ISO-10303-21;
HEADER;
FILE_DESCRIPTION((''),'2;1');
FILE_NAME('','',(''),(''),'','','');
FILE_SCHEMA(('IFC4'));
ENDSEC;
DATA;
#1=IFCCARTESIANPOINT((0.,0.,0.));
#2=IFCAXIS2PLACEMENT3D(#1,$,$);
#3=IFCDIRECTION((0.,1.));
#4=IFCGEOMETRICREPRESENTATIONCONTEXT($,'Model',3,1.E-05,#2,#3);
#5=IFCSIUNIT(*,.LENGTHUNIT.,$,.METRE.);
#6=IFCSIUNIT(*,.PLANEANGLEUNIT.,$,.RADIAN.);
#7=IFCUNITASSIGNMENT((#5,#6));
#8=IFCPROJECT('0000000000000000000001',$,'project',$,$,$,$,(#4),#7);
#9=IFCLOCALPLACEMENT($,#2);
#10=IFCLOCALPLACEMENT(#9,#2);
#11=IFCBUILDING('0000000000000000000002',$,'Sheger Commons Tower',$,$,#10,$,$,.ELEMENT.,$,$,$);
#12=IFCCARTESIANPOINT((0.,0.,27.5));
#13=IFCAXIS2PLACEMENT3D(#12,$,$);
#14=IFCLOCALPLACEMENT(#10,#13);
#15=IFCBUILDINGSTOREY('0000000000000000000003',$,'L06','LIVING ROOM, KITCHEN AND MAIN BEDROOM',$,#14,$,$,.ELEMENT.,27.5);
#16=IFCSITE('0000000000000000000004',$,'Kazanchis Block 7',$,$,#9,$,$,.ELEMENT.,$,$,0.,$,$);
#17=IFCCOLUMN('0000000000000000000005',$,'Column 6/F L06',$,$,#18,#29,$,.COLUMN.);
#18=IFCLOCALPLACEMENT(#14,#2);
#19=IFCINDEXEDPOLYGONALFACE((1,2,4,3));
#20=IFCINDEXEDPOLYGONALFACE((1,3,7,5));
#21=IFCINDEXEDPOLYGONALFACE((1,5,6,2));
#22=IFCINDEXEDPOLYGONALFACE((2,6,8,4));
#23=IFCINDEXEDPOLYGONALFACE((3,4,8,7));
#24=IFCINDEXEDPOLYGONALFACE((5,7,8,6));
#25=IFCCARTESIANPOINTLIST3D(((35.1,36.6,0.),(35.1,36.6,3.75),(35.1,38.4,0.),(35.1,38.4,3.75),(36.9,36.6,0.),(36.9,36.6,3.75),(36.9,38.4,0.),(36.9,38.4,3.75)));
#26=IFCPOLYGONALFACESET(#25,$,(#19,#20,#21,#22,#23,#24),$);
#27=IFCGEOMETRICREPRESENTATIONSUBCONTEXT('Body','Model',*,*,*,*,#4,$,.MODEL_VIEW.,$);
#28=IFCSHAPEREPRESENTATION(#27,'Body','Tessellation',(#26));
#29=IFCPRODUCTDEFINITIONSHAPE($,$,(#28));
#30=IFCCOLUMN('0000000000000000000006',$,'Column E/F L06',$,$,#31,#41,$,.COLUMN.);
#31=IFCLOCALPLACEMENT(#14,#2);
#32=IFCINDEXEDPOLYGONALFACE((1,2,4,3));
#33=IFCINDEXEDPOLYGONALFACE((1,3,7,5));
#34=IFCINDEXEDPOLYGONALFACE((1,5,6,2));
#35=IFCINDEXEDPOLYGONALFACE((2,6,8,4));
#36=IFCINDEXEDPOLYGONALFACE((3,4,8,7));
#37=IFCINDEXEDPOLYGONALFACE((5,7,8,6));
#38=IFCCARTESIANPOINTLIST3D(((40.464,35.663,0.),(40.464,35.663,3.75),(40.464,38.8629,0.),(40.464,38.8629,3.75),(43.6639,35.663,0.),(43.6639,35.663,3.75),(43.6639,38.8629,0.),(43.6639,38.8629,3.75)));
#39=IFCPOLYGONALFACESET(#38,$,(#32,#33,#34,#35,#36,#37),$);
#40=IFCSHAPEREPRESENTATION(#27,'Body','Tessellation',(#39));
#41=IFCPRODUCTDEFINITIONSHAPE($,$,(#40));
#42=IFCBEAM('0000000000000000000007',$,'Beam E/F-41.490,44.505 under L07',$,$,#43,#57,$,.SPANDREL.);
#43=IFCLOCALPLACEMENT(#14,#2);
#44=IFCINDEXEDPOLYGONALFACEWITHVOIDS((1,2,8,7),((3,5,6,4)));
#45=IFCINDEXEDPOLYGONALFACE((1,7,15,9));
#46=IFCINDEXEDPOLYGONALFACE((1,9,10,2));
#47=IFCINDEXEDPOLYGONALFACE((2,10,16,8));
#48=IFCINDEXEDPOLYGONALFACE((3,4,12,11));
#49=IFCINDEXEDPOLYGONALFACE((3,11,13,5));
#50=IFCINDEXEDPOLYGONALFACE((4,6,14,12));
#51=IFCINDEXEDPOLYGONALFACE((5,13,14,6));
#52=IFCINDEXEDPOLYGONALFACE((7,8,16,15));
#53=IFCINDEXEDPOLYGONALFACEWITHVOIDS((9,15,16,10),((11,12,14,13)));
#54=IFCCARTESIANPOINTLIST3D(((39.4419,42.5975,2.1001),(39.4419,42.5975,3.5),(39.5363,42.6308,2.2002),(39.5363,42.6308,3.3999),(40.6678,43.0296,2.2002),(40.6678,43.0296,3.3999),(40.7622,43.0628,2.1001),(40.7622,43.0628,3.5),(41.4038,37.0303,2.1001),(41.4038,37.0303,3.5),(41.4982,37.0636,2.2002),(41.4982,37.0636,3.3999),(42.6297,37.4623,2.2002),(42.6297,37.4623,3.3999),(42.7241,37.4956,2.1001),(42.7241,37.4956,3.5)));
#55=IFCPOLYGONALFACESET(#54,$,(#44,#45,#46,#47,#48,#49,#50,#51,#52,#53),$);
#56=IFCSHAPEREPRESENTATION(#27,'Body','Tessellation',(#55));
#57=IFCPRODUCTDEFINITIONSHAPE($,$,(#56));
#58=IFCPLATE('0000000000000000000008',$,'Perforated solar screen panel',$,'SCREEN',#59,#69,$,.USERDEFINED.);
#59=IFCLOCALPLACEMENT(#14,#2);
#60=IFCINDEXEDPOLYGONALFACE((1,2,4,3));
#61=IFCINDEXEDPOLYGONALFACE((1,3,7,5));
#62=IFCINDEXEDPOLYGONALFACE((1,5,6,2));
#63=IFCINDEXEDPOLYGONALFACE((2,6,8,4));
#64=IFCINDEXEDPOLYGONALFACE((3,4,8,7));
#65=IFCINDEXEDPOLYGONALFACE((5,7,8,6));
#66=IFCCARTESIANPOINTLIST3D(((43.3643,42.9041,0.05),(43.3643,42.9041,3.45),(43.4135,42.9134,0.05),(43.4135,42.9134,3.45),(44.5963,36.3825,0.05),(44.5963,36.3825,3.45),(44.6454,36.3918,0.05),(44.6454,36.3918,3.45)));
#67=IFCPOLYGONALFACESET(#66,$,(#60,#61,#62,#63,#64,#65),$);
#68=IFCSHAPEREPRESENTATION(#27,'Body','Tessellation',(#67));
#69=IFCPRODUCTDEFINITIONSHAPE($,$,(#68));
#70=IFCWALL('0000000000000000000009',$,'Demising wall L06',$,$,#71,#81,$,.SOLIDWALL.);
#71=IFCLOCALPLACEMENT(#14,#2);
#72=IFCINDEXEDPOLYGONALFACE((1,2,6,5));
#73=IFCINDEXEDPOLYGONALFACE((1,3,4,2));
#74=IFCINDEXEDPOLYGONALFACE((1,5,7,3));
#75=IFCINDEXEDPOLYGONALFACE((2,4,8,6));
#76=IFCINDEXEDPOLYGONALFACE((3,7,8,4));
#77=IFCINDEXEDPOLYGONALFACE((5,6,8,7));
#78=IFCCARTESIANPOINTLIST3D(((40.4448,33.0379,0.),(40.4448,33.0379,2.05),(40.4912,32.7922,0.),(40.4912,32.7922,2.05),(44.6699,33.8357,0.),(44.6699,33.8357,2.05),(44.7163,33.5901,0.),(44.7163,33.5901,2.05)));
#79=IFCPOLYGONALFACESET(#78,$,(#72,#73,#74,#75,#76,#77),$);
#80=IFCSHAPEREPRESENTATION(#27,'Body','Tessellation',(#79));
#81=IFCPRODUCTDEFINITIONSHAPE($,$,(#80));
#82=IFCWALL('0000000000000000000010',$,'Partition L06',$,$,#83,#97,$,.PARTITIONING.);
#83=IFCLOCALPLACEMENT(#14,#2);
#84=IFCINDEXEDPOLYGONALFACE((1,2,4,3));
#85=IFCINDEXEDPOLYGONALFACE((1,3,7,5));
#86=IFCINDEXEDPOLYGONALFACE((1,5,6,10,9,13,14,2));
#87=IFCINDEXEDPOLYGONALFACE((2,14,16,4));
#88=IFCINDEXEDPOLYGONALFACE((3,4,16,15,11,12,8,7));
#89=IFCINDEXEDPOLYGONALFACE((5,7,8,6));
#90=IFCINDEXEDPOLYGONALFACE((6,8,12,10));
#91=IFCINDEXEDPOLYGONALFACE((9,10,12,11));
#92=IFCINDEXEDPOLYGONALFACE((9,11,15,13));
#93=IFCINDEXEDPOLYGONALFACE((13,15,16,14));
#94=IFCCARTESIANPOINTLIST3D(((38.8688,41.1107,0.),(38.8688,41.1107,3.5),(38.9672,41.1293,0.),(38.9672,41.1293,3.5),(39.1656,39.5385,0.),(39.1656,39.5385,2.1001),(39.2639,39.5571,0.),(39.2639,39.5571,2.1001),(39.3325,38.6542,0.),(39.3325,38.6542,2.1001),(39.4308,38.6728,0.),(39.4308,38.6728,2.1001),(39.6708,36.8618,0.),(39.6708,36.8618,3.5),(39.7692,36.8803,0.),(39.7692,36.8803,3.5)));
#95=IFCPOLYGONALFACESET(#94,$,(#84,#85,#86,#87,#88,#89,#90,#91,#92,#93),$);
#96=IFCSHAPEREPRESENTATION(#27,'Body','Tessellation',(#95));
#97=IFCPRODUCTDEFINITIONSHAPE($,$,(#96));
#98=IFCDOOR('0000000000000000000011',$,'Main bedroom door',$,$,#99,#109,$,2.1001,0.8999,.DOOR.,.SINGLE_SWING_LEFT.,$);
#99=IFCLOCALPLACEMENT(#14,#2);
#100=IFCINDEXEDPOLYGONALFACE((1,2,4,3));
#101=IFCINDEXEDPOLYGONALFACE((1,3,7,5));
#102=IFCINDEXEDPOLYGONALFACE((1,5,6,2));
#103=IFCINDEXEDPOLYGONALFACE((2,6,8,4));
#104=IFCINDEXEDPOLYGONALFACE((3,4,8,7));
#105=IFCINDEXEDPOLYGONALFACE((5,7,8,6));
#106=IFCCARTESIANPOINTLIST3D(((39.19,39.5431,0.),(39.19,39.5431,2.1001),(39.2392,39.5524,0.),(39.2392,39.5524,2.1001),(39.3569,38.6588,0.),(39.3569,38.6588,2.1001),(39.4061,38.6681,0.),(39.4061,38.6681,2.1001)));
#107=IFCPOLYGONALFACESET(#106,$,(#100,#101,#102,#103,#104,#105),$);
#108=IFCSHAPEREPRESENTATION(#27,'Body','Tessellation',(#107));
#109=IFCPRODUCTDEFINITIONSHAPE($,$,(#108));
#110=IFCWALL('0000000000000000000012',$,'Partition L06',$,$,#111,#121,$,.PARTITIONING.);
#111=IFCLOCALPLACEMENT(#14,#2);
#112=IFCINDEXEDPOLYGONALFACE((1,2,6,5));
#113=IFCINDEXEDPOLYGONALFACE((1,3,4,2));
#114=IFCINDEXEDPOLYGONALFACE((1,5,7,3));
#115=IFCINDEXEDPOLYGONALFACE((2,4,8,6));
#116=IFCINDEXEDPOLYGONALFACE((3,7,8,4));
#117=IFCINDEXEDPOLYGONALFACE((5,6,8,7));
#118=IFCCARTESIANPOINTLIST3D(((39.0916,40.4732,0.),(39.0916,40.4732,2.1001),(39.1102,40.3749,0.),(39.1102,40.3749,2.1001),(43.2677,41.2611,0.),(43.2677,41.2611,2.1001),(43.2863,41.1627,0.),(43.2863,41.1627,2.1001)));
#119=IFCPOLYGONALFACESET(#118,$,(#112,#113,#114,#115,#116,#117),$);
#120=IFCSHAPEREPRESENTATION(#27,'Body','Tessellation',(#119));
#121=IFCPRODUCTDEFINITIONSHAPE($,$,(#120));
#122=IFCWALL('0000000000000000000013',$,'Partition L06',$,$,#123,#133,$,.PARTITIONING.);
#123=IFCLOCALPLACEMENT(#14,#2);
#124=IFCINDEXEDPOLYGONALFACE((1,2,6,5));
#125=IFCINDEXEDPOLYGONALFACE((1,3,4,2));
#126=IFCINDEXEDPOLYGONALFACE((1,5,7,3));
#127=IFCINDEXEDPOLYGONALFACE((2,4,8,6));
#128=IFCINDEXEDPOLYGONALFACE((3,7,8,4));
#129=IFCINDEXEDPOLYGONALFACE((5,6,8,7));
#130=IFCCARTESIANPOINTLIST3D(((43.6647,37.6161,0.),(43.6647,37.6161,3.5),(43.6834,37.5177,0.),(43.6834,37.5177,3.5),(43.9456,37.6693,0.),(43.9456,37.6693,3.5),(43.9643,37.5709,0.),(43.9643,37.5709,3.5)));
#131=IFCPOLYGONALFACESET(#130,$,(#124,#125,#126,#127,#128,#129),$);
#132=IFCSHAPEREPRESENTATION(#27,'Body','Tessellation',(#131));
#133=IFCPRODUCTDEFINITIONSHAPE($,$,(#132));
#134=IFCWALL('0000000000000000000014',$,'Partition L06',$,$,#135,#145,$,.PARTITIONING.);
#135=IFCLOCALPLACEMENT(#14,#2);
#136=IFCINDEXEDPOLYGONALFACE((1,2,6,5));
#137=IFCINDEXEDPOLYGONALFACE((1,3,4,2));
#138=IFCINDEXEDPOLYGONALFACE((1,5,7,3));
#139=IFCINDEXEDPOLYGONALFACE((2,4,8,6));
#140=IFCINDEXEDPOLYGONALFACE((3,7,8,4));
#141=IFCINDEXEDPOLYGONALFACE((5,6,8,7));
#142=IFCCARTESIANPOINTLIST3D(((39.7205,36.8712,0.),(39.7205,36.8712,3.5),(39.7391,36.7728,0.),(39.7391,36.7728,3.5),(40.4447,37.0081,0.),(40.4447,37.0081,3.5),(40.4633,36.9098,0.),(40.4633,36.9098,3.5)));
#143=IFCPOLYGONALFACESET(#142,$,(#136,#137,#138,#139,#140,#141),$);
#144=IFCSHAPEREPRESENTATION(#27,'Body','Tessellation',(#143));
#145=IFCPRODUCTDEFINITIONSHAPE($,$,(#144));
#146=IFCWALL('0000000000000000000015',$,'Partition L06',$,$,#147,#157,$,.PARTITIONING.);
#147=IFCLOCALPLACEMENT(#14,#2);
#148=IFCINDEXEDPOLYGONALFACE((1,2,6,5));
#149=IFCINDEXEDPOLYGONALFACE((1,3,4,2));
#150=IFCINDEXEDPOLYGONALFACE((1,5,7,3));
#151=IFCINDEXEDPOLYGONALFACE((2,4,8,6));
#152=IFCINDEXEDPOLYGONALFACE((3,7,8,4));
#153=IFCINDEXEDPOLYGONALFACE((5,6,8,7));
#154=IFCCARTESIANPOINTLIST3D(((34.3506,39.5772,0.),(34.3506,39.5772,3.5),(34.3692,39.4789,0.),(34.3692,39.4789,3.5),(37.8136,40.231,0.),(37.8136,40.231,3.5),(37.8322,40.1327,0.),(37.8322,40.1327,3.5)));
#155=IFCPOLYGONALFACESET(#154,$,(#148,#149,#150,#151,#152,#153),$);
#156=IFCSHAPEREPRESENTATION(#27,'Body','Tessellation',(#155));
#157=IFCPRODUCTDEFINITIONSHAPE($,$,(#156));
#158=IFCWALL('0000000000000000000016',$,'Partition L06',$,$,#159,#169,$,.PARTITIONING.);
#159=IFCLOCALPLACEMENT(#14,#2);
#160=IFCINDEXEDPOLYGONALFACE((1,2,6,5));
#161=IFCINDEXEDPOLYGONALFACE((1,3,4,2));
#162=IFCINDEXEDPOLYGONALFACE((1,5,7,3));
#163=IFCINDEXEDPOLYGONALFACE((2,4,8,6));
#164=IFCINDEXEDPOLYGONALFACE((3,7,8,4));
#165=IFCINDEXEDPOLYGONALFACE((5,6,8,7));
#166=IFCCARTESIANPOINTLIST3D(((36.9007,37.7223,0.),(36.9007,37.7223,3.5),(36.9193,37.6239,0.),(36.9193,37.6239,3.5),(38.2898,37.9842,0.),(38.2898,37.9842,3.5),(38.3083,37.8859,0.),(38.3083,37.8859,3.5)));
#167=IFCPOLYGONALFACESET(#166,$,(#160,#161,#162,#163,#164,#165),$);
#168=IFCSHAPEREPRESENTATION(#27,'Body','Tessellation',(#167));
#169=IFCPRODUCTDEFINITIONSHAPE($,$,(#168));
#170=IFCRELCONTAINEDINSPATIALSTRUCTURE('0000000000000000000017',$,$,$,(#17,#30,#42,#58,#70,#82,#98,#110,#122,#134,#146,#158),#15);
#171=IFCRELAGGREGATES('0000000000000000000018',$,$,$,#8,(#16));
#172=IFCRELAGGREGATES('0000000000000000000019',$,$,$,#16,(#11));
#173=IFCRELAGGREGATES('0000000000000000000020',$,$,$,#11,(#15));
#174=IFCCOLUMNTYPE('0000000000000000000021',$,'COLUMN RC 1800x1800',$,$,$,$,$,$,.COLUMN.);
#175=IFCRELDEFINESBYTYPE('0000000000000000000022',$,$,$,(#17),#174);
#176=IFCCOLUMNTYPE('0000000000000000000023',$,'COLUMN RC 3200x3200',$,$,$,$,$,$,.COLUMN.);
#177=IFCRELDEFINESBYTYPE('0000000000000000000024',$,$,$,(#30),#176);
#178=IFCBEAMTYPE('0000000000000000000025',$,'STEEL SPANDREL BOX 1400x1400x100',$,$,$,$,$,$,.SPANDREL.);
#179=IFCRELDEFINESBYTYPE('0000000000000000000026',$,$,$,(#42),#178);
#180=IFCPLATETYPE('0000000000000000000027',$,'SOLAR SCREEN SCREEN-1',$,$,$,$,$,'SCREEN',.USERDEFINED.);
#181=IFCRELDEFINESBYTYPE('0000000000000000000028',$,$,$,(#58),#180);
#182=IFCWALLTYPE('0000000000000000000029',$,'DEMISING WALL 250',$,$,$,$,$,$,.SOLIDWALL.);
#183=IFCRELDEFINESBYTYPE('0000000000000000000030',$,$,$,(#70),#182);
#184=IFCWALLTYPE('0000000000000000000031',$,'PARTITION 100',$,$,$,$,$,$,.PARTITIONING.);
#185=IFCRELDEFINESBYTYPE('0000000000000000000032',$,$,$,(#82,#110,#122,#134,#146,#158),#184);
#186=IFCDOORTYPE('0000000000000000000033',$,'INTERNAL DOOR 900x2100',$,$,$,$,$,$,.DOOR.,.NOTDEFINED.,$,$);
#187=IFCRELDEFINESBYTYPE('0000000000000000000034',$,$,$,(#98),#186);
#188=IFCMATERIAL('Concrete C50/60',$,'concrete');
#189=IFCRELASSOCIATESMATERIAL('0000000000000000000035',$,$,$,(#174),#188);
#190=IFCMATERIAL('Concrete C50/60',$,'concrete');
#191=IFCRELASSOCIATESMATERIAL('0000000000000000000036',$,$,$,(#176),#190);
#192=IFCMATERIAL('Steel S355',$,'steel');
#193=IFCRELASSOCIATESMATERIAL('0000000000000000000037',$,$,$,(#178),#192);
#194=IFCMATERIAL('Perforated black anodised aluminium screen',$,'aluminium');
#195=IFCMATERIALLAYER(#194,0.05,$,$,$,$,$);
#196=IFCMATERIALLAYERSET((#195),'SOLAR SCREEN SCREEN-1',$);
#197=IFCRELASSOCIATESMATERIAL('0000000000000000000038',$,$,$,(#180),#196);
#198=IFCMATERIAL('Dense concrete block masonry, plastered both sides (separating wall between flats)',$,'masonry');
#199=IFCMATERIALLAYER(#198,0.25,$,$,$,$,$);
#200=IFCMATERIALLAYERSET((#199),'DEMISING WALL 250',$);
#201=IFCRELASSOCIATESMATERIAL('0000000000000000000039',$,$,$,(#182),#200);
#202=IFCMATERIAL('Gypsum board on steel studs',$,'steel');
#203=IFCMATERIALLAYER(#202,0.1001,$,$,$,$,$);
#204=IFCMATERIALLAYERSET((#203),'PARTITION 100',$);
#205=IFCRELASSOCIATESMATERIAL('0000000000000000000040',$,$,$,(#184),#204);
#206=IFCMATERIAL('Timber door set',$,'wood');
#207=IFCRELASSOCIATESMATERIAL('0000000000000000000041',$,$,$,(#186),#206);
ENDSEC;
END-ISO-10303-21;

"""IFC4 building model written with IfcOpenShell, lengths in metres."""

from ifc_helpers import new_model, si_unit, direction, frame, frame_2d, origin, origin_2d, place, context, subcontext, project, spatial, rectangle, hollow_rectangle, extrude, material, layer, layer_set, material_profile, profile_set, type_object, element, fill, save


model = new_model("IFC4")

# Units and contexts
model_context = context("Model", 3, precision=1e-05, world=origin(), true_north=direction((0.0, 1.0)))
body_context = subcontext(model_context, "Body", "Model", "MODEL_VIEW")
ifc_project = project(units=[si_unit("LENGTHUNIT", "METRE"), si_unit("PLANEANGLEUNIT", "RADIAN")], contexts=[model_context])

# Site, building, storey
site_placement = place(None, origin())
site = spatial("IfcSite", under=ifc_project, at=site_placement, Name="Kazanchis Block 7", CompositionType="ELEMENT", RefElevation=0.0)
building_placement = place(site_placement, origin())
building = spatial("IfcBuilding", under=site, at=building_placement, Name="Sheger Commons Tower", CompositionType="ELEMENT")
storey_placement = place(building_placement, frame((0.0, 0.0, 27.5)))
storey = spatial("IfcBuildingStorey", under=building, at=storey_placement, Name="L06", Description="LIVING ROOM, KITCHEN AND MAIN BEDROOM", CompositionType="ELEMENT", Elevation=27.5)

# Columns
ifc_material_1 = material(Name="Concrete C50/60", Category="concrete")
ifc_material_profile_1 = material_profile(ifc_material_1, rectangle(XDim=1.8, YDim=1.8, at=origin_2d()), Name="RC 1800x1800")
ifc_profile_set_1 = profile_set([ifc_material_profile_1], Name="Concrete C50/60")
column_type_1 = type_object("IfcColumnType", Name="COLUMN RC 1800x1800", PredefinedType="COLUMN", material=ifc_profile_set_1)
column_1_placement = place(storey_placement, frame((36.0, 37.5, 0.0), z_axis=(0.0, 0.0, 1.0), x_axis=(1.0, 0.0, 0.0)))
element("IfcColumn", 1, at=column_1_placement, inside=storey, type_object=column_type_1, Name="Column 6/F L06", PredefinedType="COLUMN", context=body_context, shape_type="SweptSolid", body=[
    extrude(rectangle(XDim=1.8, YDim=1.8, at=origin_2d()), origin(), (0.0, 0.0, 1.0), 3.75),
])
ifc_material_2 = material(Name="Concrete C50/60", Category="concrete")
ifc_material_profile_2 = material_profile(ifc_material_2, rectangle(XDim=3.2, YDim=3.2, at=origin_2d()), Name="RC 3200x3200")
ifc_profile_set_2 = profile_set([ifc_material_profile_2], Name="Concrete C50/60")
column_type_2 = type_object("IfcColumnType", Name="COLUMN RC 3200x3200", PredefinedType="COLUMN", material=ifc_profile_set_2)
column_2_placement = place(storey_placement, frame((42.064, 37.2629, 0.0), z_axis=(0.0, 0.0, 1.0), x_axis=(1.0, 0.0, 0.0)))
element("IfcColumn", 2, at=column_2_placement, inside=storey, type_object=column_type_2, Name="Column E/F L06", PredefinedType="COLUMN", context=body_context, shape_type="SweptSolid", body=[
    extrude(rectangle(XDim=3.2, YDim=3.2, at=origin_2d()), origin(), (0.0, 0.0, 1.0), 3.75),
])

# Beam
ifc_material_3 = material(Name="Steel S355", Category="steel")
ifc_material_profile_3 = material_profile(ifc_material_3, hollow_rectangle(XDim=1.3999, YDim=1.3999, WallThickness=0.1001, at=origin_2d()), Name="BOX 1400x1400x100")
ifc_profile_set_3 = profile_set([ifc_material_profile_3], Name="Steel S355")
beam_type = type_object("IfcBeamType", Name="STEEL SPANDREL BOX 1400x1400x100", PredefinedType="SPANDREL", material=ifc_profile_set_3)
beam_placement = place(storey_placement, frame((42.064, 37.2629, 2.8), z_axis=(-0.332374, 0.943148, 0.0), x_axis=(-0.943148, -0.332374, 0.0)))
element("IfcBeam", 3, at=beam_placement, inside=storey, type_object=beam_type, Name="Beam E/F-41.490,44.505 under L07", PredefinedType="SPANDREL", context=body_context, shape_type="SweptSolid", body=[
    extrude(hollow_rectangle(XDim=1.3999, YDim=1.3999, WallThickness=0.1001, at=origin_2d()), origin(), (0.0, 0.0, 1.0), 5.9028),
])

# Plate
ifc_material_4 = material(Name="Perforated black anodised aluminium screen", Category="aluminium")
ifc_layer_1 = layer(ifc_material_4, 0.05)
ifc_layer_set_1 = layer_set([ifc_layer_1], Name="SOLAR SCREEN SCREEN-1")
plate_type = type_object("IfcPlateType", Name="SOLAR SCREEN SCREEN-1", ElementType="SCREEN", PredefinedType="USERDEFINED", material=ifc_layer_set_1)
plate_placement = place(storey_placement, frame((44.0049, 39.6479, 0.05), z_axis=(0.0, 0.0, 1.0), x_axis=(-0.185615, 0.982623, 0.0)))
element("IfcPlate", 4, at=plate_placement, inside=storey, type_object=plate_type, Name="Perforated solar screen panel", ObjectType="SCREEN", PredefinedType="USERDEFINED", context=body_context, shape_type="SweptSolid", body=[
    extrude(rectangle(XDim=6.637, YDim=0.05, at=origin_2d()), origin(), (0.0, 0.0, 1.0), 3.3999),
])

# Wall
ifc_material_5 = material(Name="Dense concrete block masonry, plastered both sides (separating wall between flats)", Category="masonry")
ifc_layer_2 = layer(ifc_material_5, 0.25)
ifc_layer_set_2 = layer_set([ifc_layer_2], Name="DEMISING WALL 250")
wall_type_1 = type_object("IfcWallType", Name="DEMISING WALL 250", PredefinedType="SOLIDWALL", material=ifc_layer_set_2)
wall_1_placement = place(storey_placement, frame((44.6931, 33.7129, 0.0), z_axis=(0.0, 0.0, 1.0), x_axis=(-0.982634, -0.185557, 0.0)))
element("IfcWall", 5, at=wall_1_placement, inside=storey, type_object=wall_type_1, Name="Demising wall L06", PredefinedType="SOLIDWALL", context=body_context, shape_type="SweptSolid", body=[
    extrude(rectangle(XDim=4.2998, YDim=0.25, at=frame_2d((2.1499, 0.0))), origin(), (0.0, 0.0, 1.0), 2.05),
])

# Wall, opening, door
ifc_material_6 = material(Name="Gypsum board on steel studs", Category="steel")
ifc_layer_3 = layer(ifc_material_6, 0.1001)
ifc_layer_set_3 = layer_set([ifc_layer_3], Name="PARTITION 100")
wall_type_2 = type_object("IfcWallType", Name="PARTITION 100", PredefinedType="PARTITIONING", material=ifc_layer_set_3)
wall_2_placement = place(storey_placement, frame((38.918, 41.1201, 0.0), z_axis=(0.0, 0.0, 1.0), x_axis=(0.185475, -0.982649, 0.0)))
wall_2 = element("IfcWall", 6, at=wall_2_placement, inside=storey, type_object=wall_type_2, Name="Partition L06", PredefinedType="PARTITIONING", context=body_context, shape_type="SweptSolid", body=[
    extrude(rectangle(XDim=4.324, YDim=0.1001, at=frame_2d((2.1621, 0.0))), origin(), (0.0, 0.0, 1.0), 3.5),
])
opening_placement = place(wall_2_placement, frame((1.6001, 0.0, 0.0)))
opening = element("IfcOpeningElement", 7, at=opening_placement, cuts=wall_2, PredefinedType="OPENING", context=body_context, shape_type="SweptSolid", body=[
    extrude(rectangle(XDim=0.8999, YDim=2.1001, at=frame_2d((0.45, 1.05))), frame((0.0, 0.0601, 0.0), z_axis=(0.0, -1.0, 0.0), x_axis=(1.0, 0.0, 0.0)), (0.0, 0.0, 1.0), 0.1201),
])
ifc_material_7 = material(Name="Timber door set", Category="wood")
door_type = type_object("IfcDoorType", Name="INTERNAL DOOR 900x2100", OperationType="NOTDEFINED", PredefinedType="DOOR", material=ifc_material_7)
door_placement = place(opening_placement, origin())
door = element("IfcDoor", 8, at=door_placement, inside=storey, type_object=door_type, Name="Main bedroom door", OperationType="SINGLE_SWING_LEFT", OverallHeight=2.1001, OverallWidth=0.8999, PredefinedType="DOOR", context=body_context, shape_type="SweptSolid", body=[
    extrude(rectangle(XDim=0.8999, YDim=2.1001, at=frame_2d((0.45, 1.05))), frame((0.0, 0.0249, 0.0), z_axis=(0.0, -1.0, 0.0), x_axis=(1.0, 0.0, 0.0)), (0.0, 0.0, 1.0), 0.05),
])
fill(opening, door)

# Walls
wall_3_placement = place(storey_placement, frame((43.2771, 41.2119, 0.0), z_axis=(0.0, 0.0, 1.0), x_axis=(-0.982665, -0.185388, 0.0)))
element("IfcWall", 9, at=wall_3_placement, inside=storey, type_object=wall_type_2, Name="Partition L06", PredefinedType="PARTITIONING", context=body_context, shape_type="SweptSolid", body=[
    extrude(rectangle(XDim=4.2498, YDim=0.1001, at=frame_2d((2.125, 0.0))), origin(), (0.0, 0.0, 1.0), 2.1001),
])
wall_4_placement = place(storey_placement, frame((43.9551, 37.6201, 0.0), z_axis=(0.0, 0.0, 1.0), x_axis=(-0.982532, -0.186092, 0.0)))
element("IfcWall", 10, at=wall_4_placement, inside=storey, type_object=wall_type_2, Name="Partition L06", PredefinedType="PARTITIONING", context=body_context, shape_type="SweptSolid", body=[
    extrude(rectangle(XDim=0.2859, YDim=0.1001, at=frame_2d((0.1431, 0.0))), origin(), (0.0, 0.0, 1.0), 3.5),
])
wall_5_placement = place(storey_placement, frame((40.4541, 36.959, 0.0), z_axis=(0.0, 0.0, 1.0), x_axis=(-0.982578, -0.185848, 0.0)))
element("IfcWall", 11, at=wall_5_placement, inside=storey, type_object=wall_type_2, Name="Partition L06", PredefinedType="PARTITIONING", context=body_context, shape_type="SweptSolid", body=[
    extrude(rectangle(XDim=0.7371, YDim=0.1001, at=frame_2d((0.3687, 0.0))), origin(), (0.0, 0.0, 1.0), 3.5),
])
wall_6_placement = place(storey_placement, frame((37.823, 40.1819, 0.0), z_axis=(0.0, 0.0, 1.0), x_axis=(-0.982639, -0.185527, 0.0)))
element("IfcWall", 12, at=wall_6_placement, inside=storey, type_object=wall_type_2, Name="Partition L06", PredefinedType="PARTITIONING", context=body_context, shape_type="SweptSolid", body=[
    extrude(rectangle(XDim=3.5242, YDim=0.1001, at=frame_2d((1.7622, 0.0))), origin(), (0.0, 0.0, 1.0), 3.5),
])
wall_7_placement = place(storey_placement, frame((38.2991, 37.9351, 0.0), z_axis=(0.0, 0.0, 1.0), x_axis=(-0.98268, -0.18531, 0.0)))
element("IfcWall", 13, at=wall_7_placement, inside=storey, type_object=wall_type_2, Name="Partition L06", PredefinedType="PARTITIONING", context=body_context, shape_type="SweptSolid", body=[
    extrude(rectangle(XDim=1.4136, YDim=0.1001, at=frame_2d((0.7068, 0.0))), origin(), (0.0, 0.0, 1.0), 3.5),
])

save(model, "model.ifc")
